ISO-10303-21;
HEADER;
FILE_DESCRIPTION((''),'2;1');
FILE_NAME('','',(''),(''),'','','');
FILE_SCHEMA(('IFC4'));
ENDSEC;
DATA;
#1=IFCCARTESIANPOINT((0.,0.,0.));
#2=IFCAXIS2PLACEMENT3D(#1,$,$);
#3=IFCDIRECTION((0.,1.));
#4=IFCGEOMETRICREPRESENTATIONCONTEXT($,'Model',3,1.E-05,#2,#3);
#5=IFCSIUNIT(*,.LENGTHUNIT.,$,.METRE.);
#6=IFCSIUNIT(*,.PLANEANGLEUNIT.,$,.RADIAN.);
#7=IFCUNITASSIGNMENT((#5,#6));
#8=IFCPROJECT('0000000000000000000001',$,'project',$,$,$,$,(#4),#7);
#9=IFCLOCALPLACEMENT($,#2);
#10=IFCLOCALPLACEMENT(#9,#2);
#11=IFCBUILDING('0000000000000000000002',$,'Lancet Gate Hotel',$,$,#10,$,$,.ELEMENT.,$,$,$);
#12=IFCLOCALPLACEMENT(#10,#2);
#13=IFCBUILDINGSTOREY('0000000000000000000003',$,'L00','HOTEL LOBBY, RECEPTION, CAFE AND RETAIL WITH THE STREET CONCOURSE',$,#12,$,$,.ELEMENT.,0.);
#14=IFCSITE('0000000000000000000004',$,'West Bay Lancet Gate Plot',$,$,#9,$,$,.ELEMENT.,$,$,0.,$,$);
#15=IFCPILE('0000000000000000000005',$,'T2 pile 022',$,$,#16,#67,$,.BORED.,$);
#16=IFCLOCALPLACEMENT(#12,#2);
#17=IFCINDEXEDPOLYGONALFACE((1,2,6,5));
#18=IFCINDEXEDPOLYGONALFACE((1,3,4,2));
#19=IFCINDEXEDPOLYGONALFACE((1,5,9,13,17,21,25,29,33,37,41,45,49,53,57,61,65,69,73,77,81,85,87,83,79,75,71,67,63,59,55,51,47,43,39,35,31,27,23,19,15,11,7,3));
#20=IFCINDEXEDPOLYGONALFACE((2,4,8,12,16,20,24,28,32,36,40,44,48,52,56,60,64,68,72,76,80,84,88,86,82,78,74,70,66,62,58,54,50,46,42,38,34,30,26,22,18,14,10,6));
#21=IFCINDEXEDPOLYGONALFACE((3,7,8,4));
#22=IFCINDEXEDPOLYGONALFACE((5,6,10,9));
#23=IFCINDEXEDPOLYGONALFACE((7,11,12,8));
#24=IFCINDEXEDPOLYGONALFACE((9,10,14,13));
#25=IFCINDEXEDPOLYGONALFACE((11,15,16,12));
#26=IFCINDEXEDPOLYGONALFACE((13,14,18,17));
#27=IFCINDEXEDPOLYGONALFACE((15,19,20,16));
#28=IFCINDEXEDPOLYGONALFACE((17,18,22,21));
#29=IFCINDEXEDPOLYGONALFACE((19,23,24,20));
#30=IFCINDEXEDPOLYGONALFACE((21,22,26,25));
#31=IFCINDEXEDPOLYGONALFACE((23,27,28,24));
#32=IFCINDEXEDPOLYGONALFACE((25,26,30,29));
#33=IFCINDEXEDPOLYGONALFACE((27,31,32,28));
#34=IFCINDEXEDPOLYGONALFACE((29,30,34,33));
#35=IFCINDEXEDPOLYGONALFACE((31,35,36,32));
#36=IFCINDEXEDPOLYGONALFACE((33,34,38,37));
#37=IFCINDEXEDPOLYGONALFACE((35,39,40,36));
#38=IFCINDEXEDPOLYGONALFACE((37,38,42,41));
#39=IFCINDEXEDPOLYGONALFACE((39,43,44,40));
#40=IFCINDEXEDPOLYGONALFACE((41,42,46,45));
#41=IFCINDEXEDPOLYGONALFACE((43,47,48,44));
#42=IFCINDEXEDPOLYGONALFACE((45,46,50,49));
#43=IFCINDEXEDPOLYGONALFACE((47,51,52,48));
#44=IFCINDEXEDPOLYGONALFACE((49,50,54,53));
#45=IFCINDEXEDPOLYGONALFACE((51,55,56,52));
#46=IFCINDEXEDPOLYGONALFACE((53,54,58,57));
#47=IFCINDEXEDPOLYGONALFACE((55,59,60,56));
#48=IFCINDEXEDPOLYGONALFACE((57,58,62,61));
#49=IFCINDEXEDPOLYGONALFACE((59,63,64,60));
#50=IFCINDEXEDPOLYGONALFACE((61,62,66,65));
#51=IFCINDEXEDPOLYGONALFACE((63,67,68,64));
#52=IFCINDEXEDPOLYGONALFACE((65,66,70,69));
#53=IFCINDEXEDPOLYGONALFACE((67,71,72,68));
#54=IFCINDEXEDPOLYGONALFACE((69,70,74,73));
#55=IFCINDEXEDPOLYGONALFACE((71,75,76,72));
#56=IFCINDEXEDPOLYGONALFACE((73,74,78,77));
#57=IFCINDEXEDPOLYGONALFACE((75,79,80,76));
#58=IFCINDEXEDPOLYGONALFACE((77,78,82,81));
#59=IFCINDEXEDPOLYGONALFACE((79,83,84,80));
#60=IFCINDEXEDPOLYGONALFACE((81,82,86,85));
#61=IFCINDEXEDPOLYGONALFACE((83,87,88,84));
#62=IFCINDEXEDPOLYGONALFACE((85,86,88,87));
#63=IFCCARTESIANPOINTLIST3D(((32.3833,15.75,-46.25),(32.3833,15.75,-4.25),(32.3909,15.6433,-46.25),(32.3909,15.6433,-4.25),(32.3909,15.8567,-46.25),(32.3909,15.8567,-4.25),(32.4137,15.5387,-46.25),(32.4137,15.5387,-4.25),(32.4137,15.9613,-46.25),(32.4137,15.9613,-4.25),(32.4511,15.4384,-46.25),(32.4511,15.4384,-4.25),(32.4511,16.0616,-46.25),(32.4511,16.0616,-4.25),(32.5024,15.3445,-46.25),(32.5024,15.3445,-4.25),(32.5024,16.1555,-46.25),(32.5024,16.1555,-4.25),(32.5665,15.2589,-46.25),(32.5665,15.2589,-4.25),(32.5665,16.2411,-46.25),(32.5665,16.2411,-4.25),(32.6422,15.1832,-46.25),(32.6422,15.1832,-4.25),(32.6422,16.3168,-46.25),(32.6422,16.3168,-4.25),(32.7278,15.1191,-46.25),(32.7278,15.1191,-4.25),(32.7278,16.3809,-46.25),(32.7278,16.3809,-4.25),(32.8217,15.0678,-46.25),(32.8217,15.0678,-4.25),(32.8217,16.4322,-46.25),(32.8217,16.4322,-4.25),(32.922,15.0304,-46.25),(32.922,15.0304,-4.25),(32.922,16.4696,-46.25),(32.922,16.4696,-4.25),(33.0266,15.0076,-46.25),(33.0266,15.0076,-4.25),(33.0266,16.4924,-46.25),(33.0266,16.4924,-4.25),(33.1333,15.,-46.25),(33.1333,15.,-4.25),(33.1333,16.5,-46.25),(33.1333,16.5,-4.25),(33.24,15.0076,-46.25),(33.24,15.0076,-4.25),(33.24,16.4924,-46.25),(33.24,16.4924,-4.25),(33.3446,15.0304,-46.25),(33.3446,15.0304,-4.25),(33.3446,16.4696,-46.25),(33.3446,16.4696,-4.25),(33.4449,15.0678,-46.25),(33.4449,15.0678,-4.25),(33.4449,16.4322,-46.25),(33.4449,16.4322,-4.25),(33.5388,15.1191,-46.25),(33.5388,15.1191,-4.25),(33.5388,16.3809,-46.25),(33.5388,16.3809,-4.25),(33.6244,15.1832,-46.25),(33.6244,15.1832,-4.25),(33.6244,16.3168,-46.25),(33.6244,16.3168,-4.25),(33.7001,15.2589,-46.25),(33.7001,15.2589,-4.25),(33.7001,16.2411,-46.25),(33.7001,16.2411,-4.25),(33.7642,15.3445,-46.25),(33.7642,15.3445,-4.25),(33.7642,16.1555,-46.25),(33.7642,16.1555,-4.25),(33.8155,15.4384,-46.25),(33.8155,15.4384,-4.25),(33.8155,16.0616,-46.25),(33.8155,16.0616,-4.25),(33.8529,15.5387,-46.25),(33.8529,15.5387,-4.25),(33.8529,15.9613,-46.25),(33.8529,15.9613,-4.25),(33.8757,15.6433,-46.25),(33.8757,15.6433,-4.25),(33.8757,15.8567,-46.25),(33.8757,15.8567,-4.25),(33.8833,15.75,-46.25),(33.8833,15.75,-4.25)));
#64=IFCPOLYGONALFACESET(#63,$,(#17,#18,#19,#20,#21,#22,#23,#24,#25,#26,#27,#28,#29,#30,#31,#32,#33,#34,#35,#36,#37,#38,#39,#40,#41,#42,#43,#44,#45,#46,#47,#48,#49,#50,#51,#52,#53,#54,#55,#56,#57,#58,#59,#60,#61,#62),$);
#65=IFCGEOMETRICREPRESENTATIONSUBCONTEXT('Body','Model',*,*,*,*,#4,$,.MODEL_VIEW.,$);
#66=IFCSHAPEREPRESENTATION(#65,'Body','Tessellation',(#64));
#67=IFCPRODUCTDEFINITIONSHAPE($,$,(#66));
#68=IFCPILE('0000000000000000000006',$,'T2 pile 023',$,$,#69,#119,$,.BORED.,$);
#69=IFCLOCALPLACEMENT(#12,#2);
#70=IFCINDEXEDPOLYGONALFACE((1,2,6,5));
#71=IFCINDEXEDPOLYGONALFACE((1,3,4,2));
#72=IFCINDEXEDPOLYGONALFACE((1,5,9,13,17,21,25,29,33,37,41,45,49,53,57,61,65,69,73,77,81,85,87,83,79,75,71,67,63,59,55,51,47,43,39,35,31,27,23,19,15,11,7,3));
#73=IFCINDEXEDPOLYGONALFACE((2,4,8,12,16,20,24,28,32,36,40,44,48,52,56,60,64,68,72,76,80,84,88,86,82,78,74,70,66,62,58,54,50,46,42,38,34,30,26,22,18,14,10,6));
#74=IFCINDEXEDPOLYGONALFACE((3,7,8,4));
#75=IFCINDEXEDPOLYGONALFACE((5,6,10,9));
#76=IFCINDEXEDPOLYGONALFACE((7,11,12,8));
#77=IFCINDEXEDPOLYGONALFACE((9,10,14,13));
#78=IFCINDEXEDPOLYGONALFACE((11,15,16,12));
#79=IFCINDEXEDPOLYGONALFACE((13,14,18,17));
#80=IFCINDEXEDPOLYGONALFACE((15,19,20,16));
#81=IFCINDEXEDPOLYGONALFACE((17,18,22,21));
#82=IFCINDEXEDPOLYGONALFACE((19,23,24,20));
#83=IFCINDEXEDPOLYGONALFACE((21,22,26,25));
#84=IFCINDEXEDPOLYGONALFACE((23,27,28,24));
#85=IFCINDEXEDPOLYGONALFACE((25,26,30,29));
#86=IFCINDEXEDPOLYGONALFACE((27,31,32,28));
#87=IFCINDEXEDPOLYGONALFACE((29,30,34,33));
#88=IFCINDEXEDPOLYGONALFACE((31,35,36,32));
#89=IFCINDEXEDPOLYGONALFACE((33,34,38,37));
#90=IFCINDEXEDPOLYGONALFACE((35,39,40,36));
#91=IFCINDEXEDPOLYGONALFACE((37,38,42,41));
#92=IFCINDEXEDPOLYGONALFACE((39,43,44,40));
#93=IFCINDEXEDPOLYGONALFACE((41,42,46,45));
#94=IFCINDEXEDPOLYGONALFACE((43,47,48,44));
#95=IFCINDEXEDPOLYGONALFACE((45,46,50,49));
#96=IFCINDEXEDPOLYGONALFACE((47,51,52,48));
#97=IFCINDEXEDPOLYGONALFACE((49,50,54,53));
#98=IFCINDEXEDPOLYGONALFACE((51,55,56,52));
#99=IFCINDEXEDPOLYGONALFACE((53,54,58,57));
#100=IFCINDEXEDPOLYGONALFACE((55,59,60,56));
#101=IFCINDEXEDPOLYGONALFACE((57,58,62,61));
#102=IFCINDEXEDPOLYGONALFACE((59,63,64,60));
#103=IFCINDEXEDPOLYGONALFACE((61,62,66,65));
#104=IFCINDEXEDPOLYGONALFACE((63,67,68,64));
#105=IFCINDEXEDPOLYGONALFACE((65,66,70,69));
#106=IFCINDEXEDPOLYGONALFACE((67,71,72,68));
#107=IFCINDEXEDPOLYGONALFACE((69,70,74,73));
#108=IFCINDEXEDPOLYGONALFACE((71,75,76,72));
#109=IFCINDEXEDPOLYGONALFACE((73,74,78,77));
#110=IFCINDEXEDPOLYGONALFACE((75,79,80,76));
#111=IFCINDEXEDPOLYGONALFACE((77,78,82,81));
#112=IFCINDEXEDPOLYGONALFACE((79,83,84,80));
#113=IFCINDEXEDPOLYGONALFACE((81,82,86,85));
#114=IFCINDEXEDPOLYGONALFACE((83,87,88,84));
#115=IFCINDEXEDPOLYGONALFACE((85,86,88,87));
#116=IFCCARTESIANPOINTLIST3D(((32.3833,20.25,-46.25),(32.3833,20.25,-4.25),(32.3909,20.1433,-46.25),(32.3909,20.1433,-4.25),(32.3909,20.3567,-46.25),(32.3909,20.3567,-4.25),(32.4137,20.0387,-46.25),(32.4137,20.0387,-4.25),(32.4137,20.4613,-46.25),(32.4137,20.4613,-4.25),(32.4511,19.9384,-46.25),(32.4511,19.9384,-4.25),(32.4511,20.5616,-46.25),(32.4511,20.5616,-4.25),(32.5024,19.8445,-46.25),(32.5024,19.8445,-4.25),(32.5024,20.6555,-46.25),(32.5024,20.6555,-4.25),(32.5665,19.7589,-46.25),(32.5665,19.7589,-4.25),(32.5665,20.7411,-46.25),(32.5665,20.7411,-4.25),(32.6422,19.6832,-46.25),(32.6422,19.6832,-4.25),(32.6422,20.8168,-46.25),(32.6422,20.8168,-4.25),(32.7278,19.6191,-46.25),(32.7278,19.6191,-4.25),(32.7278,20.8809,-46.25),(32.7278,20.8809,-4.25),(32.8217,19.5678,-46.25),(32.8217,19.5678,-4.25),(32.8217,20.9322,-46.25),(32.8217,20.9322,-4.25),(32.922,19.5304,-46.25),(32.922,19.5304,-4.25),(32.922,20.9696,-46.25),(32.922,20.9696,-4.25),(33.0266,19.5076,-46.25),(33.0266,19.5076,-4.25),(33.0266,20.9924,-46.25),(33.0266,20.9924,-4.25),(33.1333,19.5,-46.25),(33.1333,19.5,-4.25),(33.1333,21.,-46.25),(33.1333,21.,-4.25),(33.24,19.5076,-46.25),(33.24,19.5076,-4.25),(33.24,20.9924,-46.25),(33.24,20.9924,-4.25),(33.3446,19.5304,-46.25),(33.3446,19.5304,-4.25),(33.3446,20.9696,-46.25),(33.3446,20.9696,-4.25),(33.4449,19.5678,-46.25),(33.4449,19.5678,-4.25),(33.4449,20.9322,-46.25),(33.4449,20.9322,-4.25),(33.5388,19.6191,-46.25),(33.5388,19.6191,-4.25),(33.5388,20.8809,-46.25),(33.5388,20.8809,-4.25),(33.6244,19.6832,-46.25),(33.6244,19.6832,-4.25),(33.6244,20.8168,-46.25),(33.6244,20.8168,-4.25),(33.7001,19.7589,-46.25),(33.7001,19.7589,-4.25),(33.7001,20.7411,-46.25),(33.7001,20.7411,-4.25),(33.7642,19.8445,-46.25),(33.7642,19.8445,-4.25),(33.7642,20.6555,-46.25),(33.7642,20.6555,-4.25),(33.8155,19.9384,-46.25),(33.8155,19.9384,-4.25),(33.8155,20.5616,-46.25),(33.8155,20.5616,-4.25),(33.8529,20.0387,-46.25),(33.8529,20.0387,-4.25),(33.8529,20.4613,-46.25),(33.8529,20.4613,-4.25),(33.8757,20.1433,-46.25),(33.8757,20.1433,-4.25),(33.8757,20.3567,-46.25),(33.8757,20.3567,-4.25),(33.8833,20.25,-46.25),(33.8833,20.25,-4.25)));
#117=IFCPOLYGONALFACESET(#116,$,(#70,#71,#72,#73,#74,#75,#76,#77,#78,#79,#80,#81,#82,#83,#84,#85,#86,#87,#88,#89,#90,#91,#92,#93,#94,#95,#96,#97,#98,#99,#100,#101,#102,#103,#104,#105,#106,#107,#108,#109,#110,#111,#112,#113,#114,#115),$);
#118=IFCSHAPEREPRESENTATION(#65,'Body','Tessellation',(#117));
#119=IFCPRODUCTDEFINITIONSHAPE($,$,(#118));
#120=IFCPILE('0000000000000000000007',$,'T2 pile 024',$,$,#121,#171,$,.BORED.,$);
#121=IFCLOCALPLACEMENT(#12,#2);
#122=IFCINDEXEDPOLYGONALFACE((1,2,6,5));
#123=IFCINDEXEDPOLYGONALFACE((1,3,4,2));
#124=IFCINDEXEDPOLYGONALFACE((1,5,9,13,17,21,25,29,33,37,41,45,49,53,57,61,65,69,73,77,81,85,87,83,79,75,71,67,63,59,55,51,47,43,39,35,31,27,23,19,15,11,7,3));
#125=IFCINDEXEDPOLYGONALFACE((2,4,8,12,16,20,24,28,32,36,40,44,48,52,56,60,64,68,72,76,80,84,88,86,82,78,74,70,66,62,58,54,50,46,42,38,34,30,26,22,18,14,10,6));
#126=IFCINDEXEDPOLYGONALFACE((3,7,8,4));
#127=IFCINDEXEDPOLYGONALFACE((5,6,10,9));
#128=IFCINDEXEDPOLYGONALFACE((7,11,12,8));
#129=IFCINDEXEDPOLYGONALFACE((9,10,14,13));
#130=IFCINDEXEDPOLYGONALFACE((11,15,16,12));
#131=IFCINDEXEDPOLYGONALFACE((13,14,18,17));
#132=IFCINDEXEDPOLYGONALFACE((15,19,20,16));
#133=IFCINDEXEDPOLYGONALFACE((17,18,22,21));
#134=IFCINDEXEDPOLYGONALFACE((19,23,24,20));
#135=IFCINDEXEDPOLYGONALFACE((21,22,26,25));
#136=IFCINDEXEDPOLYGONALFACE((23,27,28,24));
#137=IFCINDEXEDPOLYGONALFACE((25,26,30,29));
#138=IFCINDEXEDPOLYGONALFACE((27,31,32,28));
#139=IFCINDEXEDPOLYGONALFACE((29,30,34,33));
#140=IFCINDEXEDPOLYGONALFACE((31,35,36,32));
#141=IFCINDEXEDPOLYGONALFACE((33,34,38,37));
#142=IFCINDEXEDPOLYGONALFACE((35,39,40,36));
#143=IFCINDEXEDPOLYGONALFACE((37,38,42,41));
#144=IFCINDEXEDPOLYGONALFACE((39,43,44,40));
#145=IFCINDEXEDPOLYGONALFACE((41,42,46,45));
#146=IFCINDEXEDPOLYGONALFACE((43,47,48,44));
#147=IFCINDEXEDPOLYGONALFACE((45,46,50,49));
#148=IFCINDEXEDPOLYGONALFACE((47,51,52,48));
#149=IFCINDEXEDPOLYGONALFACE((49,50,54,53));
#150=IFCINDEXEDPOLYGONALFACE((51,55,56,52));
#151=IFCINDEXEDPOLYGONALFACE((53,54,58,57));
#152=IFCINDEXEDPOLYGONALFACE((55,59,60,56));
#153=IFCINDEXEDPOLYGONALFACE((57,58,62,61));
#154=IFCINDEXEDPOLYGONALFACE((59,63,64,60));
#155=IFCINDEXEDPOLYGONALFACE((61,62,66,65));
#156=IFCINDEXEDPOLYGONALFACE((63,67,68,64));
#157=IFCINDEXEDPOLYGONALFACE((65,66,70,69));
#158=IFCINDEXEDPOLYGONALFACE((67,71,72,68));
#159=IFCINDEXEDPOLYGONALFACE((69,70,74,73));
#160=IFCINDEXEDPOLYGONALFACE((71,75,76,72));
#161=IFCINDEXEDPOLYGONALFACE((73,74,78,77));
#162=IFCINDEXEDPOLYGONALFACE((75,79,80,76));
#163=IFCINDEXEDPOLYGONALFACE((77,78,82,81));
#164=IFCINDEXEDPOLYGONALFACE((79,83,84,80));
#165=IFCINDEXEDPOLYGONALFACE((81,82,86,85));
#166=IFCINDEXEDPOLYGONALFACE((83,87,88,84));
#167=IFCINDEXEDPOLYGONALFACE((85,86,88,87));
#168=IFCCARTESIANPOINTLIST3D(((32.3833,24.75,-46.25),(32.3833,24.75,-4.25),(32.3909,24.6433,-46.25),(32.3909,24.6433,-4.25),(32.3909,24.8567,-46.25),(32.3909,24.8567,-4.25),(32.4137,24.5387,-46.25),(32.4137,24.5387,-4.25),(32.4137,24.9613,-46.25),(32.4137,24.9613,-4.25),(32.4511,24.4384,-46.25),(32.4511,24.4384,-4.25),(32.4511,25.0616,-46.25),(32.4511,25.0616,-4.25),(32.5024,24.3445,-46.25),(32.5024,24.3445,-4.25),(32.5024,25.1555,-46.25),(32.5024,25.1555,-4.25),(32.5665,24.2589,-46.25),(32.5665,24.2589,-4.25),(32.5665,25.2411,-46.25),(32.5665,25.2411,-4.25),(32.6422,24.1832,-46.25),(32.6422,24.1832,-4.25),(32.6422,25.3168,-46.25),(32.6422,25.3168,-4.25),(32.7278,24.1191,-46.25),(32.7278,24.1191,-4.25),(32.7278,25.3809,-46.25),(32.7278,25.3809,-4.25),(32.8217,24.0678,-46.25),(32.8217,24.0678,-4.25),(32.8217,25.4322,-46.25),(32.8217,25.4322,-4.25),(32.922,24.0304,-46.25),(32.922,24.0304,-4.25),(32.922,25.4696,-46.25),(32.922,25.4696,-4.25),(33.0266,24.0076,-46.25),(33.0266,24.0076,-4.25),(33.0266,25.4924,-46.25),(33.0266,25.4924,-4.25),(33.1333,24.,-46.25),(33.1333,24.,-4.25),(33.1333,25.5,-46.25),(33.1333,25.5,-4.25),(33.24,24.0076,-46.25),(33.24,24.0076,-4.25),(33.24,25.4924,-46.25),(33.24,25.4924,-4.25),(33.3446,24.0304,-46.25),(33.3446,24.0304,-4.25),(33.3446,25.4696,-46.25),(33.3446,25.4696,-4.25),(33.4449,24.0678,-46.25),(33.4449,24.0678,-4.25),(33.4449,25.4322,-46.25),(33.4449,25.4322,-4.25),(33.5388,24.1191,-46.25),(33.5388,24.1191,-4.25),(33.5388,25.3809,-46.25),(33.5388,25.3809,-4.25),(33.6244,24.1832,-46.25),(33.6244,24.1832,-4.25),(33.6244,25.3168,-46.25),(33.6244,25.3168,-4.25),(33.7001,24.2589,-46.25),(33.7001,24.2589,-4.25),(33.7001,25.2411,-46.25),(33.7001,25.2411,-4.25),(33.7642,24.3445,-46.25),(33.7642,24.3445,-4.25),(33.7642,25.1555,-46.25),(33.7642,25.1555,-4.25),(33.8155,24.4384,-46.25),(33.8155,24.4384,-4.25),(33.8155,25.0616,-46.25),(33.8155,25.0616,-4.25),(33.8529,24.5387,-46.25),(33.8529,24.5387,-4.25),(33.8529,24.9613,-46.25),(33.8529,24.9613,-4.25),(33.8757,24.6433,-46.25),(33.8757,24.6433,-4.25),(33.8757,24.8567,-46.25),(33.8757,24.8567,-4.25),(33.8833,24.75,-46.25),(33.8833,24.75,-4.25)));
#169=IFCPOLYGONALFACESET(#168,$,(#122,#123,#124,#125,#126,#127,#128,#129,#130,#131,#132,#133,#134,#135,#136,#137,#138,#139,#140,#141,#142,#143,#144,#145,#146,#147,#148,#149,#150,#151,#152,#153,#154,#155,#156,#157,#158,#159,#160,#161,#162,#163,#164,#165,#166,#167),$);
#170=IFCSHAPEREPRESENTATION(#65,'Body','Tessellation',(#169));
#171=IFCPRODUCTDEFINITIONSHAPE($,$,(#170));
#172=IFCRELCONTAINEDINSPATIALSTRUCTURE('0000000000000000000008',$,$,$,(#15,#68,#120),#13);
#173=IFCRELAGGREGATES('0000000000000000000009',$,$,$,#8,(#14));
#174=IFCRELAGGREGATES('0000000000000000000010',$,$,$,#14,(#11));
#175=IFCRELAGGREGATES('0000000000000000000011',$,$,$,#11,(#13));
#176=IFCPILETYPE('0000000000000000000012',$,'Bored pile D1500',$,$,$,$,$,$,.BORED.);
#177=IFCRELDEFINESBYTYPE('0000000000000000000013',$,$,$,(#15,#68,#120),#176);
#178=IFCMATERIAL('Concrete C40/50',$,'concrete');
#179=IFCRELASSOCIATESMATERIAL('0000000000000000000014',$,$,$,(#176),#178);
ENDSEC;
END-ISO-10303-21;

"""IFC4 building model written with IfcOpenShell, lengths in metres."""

from ifc_helpers import new_model, si_unit, direction, frame, origin, origin_2d, place, context, subcontext, project, spatial, circle, extrude, material, material_profile, profile_set, type_object, element, save


model = new_model("IFC4")

# Units and contexts
model_context = context("Model", 3, precision=1e-05, world=origin(), true_north=direction((0.0, 1.0)))
body_context = subcontext(model_context, "Body", "Model", "MODEL_VIEW")
ifc_project = project(units=[si_unit("LENGTHUNIT", "METRE"), si_unit("PLANEANGLEUNIT", "RADIAN")], contexts=[model_context])

# Site, building, storey
site_placement = place(None, origin())
site = spatial("IfcSite", under=ifc_project, at=site_placement, Name="West Bay Lancet Gate Plot", CompositionType="ELEMENT", RefElevation=0.0)
building_placement = place(site_placement, origin())
building = spatial("IfcBuilding", under=site, at=building_placement, Name="Lancet Gate Hotel", CompositionType="ELEMENT")
storey_placement = place(building_placement, origin())
storey = spatial("IfcBuildingStorey", under=building, at=storey_placement, Name="L00", Description="HOTEL LOBBY, RECEPTION, CAFE AND RETAIL WITH THE STREET CONCOURSE", CompositionType="ELEMENT", Elevation=0.0)

# Piles
ifc_material_1 = material(Name="Concrete C40/50", Category="concrete")
ifc_material_profile_1 = material_profile(ifc_material_1, circle(Radius=0.75, at=origin_2d()), Name="PILE D1500")
ifc_profile_set_1 = profile_set([ifc_material_profile_1], Name="Concrete C40/50")
pile_type = type_object("IfcPileType", Name="Bored pile D1500", PredefinedType="BORED", material=ifc_profile_set_1)
for number, where, z_axis, x_axis, name in (
    (1, (33.1333, 15.75, -4.25), (0.0, 0.0, -1.0), (1.0, 0.0, 0.0), "T2 pile 022"),
    (2, (33.1333, 20.25, -4.25), (0.0, 0.0, -1.0), (1.0, 0.0, 0.0), "T2 pile 023"),
    (3, (33.1333, 24.75, -4.25), (0.0, 0.0, -1.0), (1.0, 0.0, 0.0), "T2 pile 024"),
):
    element("IfcPile", number, at=place(storey_placement, frame(where, z_axis=z_axis, x_axis=x_axis)), inside=storey, type_object=pile_type, Name=name, PredefinedType="BORED", context=body_context, shape_type="SweptSolid", body=[
        extrude(circle(Radius=0.75, at=origin_2d()), origin(), (0.0, 0.0, 1.0), 42.0),
    ])

save(model, "model.ifc")
